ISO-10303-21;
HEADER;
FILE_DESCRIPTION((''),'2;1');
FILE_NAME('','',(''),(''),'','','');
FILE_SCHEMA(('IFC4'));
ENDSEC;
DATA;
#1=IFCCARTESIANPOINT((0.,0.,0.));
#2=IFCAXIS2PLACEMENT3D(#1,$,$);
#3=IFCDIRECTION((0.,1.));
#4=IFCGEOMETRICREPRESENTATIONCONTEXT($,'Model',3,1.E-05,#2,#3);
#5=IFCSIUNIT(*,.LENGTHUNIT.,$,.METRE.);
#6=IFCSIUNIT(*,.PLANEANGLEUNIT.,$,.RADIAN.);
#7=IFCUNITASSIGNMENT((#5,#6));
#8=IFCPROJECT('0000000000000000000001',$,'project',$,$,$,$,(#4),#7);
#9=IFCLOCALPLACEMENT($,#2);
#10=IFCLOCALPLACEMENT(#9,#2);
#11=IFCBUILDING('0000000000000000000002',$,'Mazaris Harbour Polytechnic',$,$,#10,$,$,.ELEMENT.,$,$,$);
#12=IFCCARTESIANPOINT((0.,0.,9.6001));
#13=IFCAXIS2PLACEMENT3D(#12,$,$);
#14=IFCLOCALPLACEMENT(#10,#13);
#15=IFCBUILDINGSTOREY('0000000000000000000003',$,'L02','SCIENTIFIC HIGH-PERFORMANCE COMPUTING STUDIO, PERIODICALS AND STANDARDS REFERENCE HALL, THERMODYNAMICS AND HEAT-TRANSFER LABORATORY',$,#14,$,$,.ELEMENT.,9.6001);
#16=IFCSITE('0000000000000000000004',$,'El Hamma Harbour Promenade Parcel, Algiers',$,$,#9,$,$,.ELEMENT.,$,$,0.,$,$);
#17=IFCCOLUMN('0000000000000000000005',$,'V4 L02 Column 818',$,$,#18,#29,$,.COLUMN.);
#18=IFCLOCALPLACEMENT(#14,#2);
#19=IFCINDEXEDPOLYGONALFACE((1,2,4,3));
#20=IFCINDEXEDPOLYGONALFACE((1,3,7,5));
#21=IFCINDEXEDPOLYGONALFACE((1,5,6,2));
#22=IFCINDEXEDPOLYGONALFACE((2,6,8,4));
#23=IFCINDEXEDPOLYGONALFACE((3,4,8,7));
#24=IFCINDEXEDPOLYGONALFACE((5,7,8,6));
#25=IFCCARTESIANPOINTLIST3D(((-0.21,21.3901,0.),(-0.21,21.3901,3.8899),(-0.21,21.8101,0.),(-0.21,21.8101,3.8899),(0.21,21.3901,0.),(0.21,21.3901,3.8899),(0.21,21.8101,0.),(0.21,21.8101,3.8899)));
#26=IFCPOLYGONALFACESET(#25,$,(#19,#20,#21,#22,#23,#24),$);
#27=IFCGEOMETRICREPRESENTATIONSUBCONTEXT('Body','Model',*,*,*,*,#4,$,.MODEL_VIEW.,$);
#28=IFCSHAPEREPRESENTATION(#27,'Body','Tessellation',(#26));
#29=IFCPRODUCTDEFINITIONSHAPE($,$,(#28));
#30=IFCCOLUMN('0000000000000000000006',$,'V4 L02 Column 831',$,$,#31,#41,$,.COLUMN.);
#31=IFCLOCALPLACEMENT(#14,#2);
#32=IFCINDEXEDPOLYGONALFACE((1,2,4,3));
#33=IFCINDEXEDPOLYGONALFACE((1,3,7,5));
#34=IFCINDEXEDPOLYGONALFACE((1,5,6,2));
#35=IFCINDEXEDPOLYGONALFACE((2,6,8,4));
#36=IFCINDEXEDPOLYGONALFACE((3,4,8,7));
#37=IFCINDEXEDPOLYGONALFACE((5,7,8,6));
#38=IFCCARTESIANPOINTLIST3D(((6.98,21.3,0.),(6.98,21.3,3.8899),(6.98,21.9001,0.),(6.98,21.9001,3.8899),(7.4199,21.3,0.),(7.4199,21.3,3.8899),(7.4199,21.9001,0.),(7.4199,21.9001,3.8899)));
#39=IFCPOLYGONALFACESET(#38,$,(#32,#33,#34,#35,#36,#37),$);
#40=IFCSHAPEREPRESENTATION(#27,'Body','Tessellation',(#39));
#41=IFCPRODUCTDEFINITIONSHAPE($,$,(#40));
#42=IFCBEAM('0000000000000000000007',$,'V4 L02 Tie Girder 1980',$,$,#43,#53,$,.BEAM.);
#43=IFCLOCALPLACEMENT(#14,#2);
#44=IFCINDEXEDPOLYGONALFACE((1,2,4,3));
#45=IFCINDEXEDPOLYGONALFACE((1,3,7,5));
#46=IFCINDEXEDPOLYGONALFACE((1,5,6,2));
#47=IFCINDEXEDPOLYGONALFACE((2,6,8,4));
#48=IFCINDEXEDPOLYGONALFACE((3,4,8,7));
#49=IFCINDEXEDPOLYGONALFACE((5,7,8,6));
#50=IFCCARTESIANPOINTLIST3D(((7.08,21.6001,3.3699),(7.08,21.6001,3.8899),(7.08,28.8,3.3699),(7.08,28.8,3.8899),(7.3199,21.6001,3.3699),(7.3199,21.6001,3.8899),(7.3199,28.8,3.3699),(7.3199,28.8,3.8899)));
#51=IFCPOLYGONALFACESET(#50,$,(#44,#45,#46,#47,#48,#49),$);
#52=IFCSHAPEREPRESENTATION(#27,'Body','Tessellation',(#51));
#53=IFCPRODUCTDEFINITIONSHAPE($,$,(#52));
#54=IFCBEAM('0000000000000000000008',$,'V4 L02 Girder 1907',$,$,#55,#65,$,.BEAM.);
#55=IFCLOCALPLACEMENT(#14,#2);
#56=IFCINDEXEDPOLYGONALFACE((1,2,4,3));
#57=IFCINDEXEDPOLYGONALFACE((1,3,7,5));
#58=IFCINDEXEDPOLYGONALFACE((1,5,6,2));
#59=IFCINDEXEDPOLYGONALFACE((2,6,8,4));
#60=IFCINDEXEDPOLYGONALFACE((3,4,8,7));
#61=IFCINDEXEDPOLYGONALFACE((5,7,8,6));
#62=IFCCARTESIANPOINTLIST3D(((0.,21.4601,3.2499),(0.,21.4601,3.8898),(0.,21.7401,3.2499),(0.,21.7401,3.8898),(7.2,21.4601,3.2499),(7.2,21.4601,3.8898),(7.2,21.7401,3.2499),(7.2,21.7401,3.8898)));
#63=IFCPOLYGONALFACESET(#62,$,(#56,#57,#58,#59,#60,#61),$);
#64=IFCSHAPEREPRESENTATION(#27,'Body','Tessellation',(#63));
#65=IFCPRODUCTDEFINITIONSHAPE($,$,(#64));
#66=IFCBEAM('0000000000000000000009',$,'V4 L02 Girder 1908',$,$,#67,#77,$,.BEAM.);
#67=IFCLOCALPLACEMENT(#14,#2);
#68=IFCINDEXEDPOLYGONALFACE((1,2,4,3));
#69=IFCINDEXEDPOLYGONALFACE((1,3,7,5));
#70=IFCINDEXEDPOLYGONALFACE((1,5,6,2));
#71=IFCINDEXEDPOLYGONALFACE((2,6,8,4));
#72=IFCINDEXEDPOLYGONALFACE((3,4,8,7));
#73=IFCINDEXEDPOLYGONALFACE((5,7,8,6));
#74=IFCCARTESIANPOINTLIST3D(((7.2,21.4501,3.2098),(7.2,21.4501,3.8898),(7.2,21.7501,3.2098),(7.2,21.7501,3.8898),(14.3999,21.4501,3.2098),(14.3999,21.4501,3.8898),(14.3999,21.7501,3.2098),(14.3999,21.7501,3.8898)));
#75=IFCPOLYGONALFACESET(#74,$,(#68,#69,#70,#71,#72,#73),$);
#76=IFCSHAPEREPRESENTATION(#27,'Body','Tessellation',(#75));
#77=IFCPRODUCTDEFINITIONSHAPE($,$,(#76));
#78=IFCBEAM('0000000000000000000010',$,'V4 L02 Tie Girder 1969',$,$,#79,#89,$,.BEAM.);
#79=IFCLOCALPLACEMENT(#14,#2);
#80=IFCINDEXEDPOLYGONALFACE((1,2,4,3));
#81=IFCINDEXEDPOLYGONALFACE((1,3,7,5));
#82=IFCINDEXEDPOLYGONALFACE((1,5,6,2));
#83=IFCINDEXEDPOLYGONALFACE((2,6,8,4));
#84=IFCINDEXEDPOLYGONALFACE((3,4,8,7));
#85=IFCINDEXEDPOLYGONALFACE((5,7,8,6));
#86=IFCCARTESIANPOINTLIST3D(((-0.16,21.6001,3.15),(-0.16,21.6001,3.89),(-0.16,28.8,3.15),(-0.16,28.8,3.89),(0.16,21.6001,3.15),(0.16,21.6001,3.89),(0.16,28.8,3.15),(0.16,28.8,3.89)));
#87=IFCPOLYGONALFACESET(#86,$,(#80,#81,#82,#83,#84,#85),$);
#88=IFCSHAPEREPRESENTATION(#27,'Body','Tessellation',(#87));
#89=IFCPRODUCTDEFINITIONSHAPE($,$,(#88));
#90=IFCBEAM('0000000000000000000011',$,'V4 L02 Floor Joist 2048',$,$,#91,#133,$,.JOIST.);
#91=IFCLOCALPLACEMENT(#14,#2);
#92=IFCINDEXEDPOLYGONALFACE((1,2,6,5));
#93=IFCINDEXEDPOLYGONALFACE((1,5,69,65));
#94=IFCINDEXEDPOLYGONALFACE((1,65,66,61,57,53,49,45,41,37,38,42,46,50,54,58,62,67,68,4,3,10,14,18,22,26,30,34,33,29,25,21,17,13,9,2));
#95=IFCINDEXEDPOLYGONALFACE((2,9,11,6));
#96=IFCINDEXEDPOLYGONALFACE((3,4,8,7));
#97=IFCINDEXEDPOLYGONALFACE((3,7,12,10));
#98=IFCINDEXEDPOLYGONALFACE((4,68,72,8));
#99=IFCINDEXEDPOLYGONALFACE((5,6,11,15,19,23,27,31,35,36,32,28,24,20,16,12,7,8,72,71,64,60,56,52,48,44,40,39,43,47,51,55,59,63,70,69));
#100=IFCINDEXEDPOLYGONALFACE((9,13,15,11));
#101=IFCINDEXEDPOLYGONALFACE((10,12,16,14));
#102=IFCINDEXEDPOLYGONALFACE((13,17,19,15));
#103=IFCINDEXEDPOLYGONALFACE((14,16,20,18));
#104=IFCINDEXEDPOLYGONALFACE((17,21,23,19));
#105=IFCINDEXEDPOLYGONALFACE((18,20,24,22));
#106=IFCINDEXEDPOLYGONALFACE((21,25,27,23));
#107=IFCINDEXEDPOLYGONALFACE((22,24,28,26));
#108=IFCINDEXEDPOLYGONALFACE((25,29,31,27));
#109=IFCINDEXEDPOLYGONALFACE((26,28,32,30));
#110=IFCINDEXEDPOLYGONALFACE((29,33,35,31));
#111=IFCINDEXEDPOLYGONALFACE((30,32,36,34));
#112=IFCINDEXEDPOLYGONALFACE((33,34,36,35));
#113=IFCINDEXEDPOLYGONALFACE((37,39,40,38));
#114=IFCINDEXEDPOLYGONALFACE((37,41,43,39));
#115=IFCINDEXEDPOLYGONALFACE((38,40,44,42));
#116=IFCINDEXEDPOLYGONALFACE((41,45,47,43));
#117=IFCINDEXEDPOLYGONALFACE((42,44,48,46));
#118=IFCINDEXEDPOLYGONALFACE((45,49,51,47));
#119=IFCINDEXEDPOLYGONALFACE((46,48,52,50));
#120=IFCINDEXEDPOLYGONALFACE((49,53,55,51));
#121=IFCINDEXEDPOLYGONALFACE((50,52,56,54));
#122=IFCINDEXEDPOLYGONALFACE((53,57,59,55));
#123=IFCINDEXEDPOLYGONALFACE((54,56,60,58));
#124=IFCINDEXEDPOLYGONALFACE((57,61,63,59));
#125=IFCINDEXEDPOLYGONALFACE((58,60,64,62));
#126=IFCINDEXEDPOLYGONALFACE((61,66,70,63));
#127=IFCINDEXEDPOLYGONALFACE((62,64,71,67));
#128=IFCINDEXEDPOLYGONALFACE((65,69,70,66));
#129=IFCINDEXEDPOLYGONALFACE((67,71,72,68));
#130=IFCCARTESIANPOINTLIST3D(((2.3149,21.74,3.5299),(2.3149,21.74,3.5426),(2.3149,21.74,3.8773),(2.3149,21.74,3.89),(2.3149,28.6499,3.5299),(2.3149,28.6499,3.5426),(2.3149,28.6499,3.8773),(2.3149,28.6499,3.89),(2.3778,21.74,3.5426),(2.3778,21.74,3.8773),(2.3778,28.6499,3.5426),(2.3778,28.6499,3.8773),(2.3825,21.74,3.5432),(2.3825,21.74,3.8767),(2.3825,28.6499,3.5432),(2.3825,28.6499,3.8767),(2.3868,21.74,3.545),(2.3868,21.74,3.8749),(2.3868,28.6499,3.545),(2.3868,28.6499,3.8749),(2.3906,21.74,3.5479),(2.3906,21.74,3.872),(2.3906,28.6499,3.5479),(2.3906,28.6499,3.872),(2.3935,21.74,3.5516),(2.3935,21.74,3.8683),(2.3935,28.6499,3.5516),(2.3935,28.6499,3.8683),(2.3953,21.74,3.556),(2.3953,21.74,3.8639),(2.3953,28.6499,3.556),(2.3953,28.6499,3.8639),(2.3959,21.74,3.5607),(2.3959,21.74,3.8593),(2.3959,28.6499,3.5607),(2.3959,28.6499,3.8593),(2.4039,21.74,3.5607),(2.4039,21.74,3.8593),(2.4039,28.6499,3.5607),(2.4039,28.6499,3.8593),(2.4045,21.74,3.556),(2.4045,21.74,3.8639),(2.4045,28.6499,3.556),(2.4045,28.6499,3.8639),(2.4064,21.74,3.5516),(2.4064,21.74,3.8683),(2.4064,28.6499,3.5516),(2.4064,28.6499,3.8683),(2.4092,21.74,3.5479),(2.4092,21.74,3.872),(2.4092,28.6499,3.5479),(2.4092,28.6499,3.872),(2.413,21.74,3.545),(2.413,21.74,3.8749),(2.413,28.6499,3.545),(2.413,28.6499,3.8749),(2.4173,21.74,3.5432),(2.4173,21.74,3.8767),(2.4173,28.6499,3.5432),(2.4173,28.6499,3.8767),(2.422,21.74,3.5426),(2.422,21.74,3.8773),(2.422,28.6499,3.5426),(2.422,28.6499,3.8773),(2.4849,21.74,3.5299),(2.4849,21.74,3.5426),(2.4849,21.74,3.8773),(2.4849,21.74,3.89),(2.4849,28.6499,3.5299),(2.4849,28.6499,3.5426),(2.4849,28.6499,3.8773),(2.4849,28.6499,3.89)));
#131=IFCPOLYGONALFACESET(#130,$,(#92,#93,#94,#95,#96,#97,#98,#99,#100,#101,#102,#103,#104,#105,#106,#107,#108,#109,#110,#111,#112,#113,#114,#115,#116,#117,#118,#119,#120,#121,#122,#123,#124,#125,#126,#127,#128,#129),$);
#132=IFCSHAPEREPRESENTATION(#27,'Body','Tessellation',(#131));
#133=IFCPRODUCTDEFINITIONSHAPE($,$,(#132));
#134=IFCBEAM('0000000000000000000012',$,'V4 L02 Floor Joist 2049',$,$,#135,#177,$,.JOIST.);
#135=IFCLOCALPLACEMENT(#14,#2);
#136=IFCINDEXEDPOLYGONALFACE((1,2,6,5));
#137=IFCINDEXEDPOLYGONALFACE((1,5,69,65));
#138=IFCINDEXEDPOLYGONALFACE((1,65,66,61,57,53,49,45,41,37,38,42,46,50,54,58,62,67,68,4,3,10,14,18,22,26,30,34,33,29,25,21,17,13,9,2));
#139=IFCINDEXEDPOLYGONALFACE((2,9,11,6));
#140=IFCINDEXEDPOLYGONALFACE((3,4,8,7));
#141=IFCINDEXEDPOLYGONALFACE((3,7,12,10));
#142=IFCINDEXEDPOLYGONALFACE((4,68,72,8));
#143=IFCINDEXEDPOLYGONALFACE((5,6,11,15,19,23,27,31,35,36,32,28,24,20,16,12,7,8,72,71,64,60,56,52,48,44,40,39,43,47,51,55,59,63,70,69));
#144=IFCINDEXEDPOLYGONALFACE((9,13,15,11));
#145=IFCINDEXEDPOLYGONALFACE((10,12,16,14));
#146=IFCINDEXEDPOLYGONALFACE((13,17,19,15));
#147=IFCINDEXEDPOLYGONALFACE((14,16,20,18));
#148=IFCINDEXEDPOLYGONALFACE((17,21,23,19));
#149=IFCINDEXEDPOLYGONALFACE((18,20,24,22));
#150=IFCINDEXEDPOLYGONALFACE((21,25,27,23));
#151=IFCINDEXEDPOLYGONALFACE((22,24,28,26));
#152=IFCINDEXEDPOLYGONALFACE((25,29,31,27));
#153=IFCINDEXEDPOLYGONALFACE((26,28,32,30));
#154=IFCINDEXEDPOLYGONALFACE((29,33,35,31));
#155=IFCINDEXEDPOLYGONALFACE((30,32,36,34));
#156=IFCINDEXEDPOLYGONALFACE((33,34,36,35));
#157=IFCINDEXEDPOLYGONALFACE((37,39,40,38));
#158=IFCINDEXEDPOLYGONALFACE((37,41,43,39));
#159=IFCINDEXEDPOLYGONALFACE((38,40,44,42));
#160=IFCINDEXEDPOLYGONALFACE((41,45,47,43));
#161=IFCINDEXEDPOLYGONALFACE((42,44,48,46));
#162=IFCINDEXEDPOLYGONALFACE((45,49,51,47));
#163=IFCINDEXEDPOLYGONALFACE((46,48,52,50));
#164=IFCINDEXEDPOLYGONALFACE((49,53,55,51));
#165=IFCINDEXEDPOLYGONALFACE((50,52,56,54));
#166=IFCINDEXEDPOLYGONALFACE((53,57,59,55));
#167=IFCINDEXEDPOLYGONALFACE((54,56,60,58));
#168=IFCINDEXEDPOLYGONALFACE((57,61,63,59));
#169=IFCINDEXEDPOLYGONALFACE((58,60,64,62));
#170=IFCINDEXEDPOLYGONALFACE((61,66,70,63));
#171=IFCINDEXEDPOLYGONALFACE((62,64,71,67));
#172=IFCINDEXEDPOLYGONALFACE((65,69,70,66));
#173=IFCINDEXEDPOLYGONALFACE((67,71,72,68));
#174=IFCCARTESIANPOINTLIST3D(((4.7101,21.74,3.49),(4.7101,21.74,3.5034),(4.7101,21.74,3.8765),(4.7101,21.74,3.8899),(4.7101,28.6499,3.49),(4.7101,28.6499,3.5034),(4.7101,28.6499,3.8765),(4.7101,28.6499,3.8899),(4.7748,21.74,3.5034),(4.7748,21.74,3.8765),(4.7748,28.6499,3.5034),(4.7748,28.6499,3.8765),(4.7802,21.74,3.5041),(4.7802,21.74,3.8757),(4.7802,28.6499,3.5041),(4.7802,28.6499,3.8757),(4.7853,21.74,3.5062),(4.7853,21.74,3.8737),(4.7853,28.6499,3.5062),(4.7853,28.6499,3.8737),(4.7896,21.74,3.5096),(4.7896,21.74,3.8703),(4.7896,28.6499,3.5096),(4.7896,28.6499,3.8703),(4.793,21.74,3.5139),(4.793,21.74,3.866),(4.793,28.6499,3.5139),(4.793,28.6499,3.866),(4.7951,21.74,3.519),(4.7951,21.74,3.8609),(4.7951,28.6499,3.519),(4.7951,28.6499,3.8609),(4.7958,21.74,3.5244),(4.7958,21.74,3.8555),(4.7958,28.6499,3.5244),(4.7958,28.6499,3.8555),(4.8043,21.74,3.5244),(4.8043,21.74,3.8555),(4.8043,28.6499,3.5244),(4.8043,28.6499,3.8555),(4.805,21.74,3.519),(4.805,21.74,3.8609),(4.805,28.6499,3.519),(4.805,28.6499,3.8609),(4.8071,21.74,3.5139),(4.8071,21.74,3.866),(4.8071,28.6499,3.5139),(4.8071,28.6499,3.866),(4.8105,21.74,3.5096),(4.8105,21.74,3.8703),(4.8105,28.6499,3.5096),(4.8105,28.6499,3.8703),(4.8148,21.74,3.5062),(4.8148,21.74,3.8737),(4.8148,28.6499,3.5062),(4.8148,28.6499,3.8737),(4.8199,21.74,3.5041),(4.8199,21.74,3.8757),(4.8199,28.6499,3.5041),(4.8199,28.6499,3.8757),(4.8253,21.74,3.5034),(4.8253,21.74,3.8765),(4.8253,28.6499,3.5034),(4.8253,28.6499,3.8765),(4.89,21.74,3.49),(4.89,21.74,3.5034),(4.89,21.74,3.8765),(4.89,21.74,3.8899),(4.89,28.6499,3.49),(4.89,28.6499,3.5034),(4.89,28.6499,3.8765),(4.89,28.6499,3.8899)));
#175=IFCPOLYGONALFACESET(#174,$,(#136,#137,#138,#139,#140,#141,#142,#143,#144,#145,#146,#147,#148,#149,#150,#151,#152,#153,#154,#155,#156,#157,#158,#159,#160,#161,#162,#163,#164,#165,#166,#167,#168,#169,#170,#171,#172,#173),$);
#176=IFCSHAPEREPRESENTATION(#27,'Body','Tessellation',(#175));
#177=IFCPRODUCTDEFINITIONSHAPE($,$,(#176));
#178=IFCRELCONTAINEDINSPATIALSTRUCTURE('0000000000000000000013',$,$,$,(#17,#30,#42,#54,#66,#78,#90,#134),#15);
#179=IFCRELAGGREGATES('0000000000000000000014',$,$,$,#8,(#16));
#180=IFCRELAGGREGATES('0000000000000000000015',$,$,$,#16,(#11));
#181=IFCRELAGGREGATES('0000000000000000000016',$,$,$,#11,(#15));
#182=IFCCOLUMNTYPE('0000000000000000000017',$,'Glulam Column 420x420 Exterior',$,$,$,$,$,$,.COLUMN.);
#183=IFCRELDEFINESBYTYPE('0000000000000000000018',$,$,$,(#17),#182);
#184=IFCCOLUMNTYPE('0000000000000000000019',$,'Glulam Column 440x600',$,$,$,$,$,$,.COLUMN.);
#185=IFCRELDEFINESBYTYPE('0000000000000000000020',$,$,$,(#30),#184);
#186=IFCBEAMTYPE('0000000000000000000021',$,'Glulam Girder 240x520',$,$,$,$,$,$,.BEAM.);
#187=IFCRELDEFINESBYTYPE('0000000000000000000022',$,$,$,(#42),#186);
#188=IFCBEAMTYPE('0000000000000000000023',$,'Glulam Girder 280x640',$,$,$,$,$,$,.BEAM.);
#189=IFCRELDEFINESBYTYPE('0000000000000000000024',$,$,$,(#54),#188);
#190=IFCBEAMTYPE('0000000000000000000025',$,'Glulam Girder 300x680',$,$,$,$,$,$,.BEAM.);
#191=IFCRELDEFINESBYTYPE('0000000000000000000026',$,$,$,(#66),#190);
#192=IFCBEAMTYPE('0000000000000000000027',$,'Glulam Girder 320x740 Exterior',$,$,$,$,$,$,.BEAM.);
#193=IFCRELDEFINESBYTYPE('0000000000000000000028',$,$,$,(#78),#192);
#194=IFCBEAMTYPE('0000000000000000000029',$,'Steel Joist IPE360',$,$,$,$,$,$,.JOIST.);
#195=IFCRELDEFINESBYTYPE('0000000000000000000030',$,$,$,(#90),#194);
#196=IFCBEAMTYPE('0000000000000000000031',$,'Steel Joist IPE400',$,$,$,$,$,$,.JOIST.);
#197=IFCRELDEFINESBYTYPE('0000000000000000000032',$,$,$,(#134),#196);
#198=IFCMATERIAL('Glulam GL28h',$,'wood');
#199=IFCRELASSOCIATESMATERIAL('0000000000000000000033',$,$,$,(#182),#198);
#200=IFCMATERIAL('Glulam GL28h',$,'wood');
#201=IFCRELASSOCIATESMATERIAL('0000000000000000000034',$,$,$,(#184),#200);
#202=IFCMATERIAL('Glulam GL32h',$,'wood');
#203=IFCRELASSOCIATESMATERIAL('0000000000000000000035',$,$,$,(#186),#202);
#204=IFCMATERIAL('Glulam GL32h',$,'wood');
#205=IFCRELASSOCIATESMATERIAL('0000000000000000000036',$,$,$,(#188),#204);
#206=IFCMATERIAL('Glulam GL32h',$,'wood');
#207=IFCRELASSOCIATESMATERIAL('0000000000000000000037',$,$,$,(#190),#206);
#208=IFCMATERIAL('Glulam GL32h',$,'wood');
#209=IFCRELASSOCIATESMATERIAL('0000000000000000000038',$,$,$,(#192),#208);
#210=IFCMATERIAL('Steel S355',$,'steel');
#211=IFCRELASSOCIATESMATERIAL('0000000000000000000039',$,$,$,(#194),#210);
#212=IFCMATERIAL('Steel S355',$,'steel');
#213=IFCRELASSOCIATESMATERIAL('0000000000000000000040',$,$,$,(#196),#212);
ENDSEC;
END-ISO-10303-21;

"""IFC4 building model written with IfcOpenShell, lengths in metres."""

from ifc_helpers import new_model, si_unit, direction, frame, origin, origin_2d, place, context, subcontext, project, spatial, rectangle, i_section, extrude, material, material_profile, profile_set, type_object, element, save


model = new_model("IFC4")

# Units and contexts
model_context = context("Model", 3, precision=1e-05, world=origin(), true_north=direction((0.0, 1.0)))
body_context = subcontext(model_context, "Body", "Model", "MODEL_VIEW")
ifc_project = project(units=[si_unit("LENGTHUNIT", "METRE"), si_unit("PLANEANGLEUNIT", "RADIAN")], contexts=[model_context])

# Site, building, storey
site_placement = place(None, origin())
site = spatial("IfcSite", under=ifc_project, at=site_placement, Name="El Hamma Harbour Promenade Parcel, Algiers", CompositionType="ELEMENT", RefElevation=0.0)
building_placement = place(site_placement, origin())
building = spatial("IfcBuilding", under=site, at=building_placement, Name="Mazaris Harbour Polytechnic", CompositionType="ELEMENT")
storey_placement = place(building_placement, frame((0.0, 0.0, 9.6001)))
storey = spatial("IfcBuildingStorey", under=building, at=storey_placement, Name="L02", Description="SCIENTIFIC HIGH-PERFORMANCE COMPUTING STUDIO, PERIODICALS AND STANDARDS REFERENCE HALL, THERMODYNAMICS AND HEAT-TRANSFER LABORATORY", CompositionType="ELEMENT", Elevation=9.6001)

# Columns
ifc_material_1 = material(Name="Glulam GL28h", Category="wood")
ifc_material_profile_1 = material_profile(ifc_material_1, rectangle(XDim=0.4199, YDim=0.4199, at=origin_2d()), Name="RECT420x420")
ifc_profile_set_1 = profile_set([ifc_material_profile_1], Name="Glulam GL28h")
column_type_1 = type_object("IfcColumnType", Name="Glulam Column 420x420 Exterior", PredefinedType="COLUMN", material=ifc_profile_set_1)
column_1_placement = place(storey_placement, frame((0.0, 21.6001, 0.0), z_axis=(0.0, 0.0, 1.0), x_axis=(1.0, 0.0, 0.0)))
element("IfcColumn", 1, at=column_1_placement, inside=storey, type_object=column_type_1, Name="V4 L02 Column 818", PredefinedType="COLUMN", context=body_context, shape_type="SweptSolid", body=[
    extrude(rectangle(XDim=0.4199, YDim=0.4199, at=origin_2d()), origin(), (0.0, 0.0, 1.0), 3.8899),
])
ifc_material_2 = material(Name="Glulam GL28h", Category="wood")
ifc_material_profile_2 = material_profile(ifc_material_2, rectangle(XDim=0.4399, YDim=0.6001, at=origin_2d()), Name="RECT440x600")
ifc_profile_set_2 = profile_set([ifc_material_profile_2], Name="Glulam GL28h")
column_type_2 = type_object("IfcColumnType", Name="Glulam Column 440x600", PredefinedType="COLUMN", material=ifc_profile_set_2)
column_2_placement = place(storey_placement, frame((7.2, 21.6001, 0.0), z_axis=(0.0, 0.0, 1.0), x_axis=(1.0, 0.0, 0.0)))
element("IfcColumn", 2, at=column_2_placement, inside=storey, type_object=column_type_2, Name="V4 L02 Column 831", PredefinedType="COLUMN", context=body_context, shape_type="SweptSolid", body=[
    extrude(rectangle(XDim=0.4399, YDim=0.6001, at=origin_2d()), origin(), (0.0, 0.0, 1.0), 3.8899),
])

# Beams
ifc_material_3 = material(Name="Glulam GL32h", Category="wood")
ifc_material_profile_3 = material_profile(ifc_material_3, rectangle(XDim=0.24, YDim=0.52, at=origin_2d()), Name="RECT240x520")
ifc_profile_set_3 = profile_set([ifc_material_profile_3], Name="Glulam GL32h")
beam_type_1 = type_object("IfcBeamType", Name="Glulam Girder 240x520", PredefinedType="BEAM", material=ifc_profile_set_3)
beam_1_placement = place(storey_placement, frame((7.2, 21.6001, 3.6299), z_axis=(0.0, 1.0, 0.0), x_axis=(-1.0, 0.0, 0.0)))
element("IfcBeam", 3, at=beam_1_placement, inside=storey, type_object=beam_type_1, Name="V4 L02 Tie Girder 1980", PredefinedType="BEAM", context=body_context, shape_type="SweptSolid", body=[
    extrude(rectangle(XDim=0.24, YDim=0.52, at=origin_2d()), origin(), (0.0, 0.0, 1.0), 7.2),
])
ifc_material_4 = material(Name="Glulam GL32h", Category="wood")
ifc_material_profile_4 = material_profile(ifc_material_4, rectangle(XDim=0.28, YDim=0.6399, at=origin_2d()), Name="RECT280x640")
ifc_profile_set_4 = profile_set([ifc_material_profile_4], Name="Glulam GL32h")
beam_type_2 = type_object("IfcBeamType", Name="Glulam Girder 280x640", PredefinedType="BEAM", material=ifc_profile_set_4)
beam_2_placement = place(storey_placement, frame((0.0, 21.6001, 3.5698), z_axis=(1.0, 0.0, 0.0), x_axis=(0.0, 1.0, 0.0)))
element("IfcBeam", 4, at=beam_2_placement, inside=storey, type_object=beam_type_2, Name="V4 L02 Girder 1907", PredefinedType="BEAM", context=body_context, shape_type="SweptSolid", body=[
    extrude(rectangle(XDim=0.28, YDim=0.6399, at=origin_2d()), origin(), (0.0, 0.0, 1.0), 7.2),
])
ifc_material_5 = material(Name="Glulam GL32h", Category="wood")
ifc_material_profile_5 = material_profile(ifc_material_5, rectangle(XDim=0.3, YDim=0.6799, at=origin_2d()), Name="RECT300x680")
ifc_profile_set_5 = profile_set([ifc_material_profile_5], Name="Glulam GL32h")
beam_type_3 = type_object("IfcBeamType", Name="Glulam Girder 300x680", PredefinedType="BEAM", material=ifc_profile_set_5)
beam_3_placement = place(storey_placement, frame((7.2, 21.6001, 3.5498), z_axis=(1.0, 0.0, 0.0), x_axis=(0.0, 1.0, 0.0)))
element("IfcBeam", 5, at=beam_3_placement, inside=storey, type_object=beam_type_3, Name="V4 L02 Girder 1908", PredefinedType="BEAM", context=body_context, shape_type="SweptSolid", body=[
    extrude(rectangle(XDim=0.3, YDim=0.6799, at=origin_2d()), origin(), (0.0, 0.0, 1.0), 7.2),
])
ifc_material_6 = material(Name="Glulam GL32h", Category="wood")
ifc_material_profile_6 = material_profile(ifc_material_6, rectangle(XDim=0.3201, YDim=0.74, at=origin_2d()), Name="RECT320x740")
ifc_profile_set_6 = profile_set([ifc_material_profile_6], Name="Glulam GL32h")
beam_type_4 = type_object("IfcBeamType", Name="Glulam Girder 320x740 Exterior", PredefinedType="BEAM", material=ifc_profile_set_6)
beam_4_placement = place(storey_placement, frame((0.0, 21.6001, 3.52), z_axis=(0.0, 1.0, 0.0), x_axis=(-1.0, 0.0, 0.0)))
element("IfcBeam", 6, at=beam_4_placement, inside=storey, type_object=beam_type_4, Name="V4 L02 Tie Girder 1969", PredefinedType="BEAM", context=body_context, shape_type="SweptSolid", body=[
    extrude(rectangle(XDim=0.3201, YDim=0.74, at=origin_2d()), origin(), (0.0, 0.0, 1.0), 7.2),
])
ifc_material_7 = material(Name="Steel S355", Category="steel")
ifc_material_profile_7 = material_profile(ifc_material_7, i_section(OverallWidth=0.1699, OverallDepth=0.3601, WebThickness=0.0081, FlangeThickness=0.0127, FilletRadius=0.0181, at=origin_2d()), Name="IPE 360")
ifc_profile_set_7 = profile_set([ifc_material_profile_7], Name="Steel S355")
beam_type_5 = type_object("IfcBeamType", Name="Steel Joist IPE360", PredefinedType="JOIST", material=ifc_profile_set_7)
beam_5_placement = place(storey_placement, frame((2.3999, 21.74, 3.71), z_axis=(0.0, 1.0, 0.0), x_axis=(-1.0, 0.0, 0.0)))
element("IfcBeam", 7, at=beam_5_placement, inside=storey, type_object=beam_type_5, Name="V4 L02 Floor Joist 2048", PredefinedType="JOIST", context=body_context, shape_type="SweptSolid", body=[
    extrude(i_section(OverallWidth=0.1699, OverallDepth=0.3601, WebThickness=0.0081, FlangeThickness=0.0127, FilletRadius=0.0181, at=origin_2d()), origin(), (0.0, 0.0, 1.0), 6.9099),
])
ifc_material_8 = material(Name="Steel S355", Category="steel")
ifc_material_profile_8 = material_profile(ifc_material_8, i_section(OverallWidth=0.1799, OverallDepth=0.3999, WebThickness=0.0085, FlangeThickness=0.0134, FilletRadius=0.021, at=origin_2d()), Name="IPE 400")
ifc_profile_set_8 = profile_set([ifc_material_profile_8], Name="Steel S355")
beam_type_6 = type_object("IfcBeamType", Name="Steel Joist IPE400", PredefinedType="JOIST", material=ifc_profile_set_8)
beam_6_placement = place(storey_placement, frame((4.8, 21.74, 3.6899), z_axis=(0.0, 1.0, 0.0), x_axis=(-1.0, 0.0, 0.0)))
element("IfcBeam", 8, at=beam_6_placement, inside=storey, type_object=beam_type_6, Name="V4 L02 Floor Joist 2049", PredefinedType="JOIST", context=body_context, shape_type="SweptSolid", body=[
    extrude(i_section(OverallWidth=0.1799, OverallDepth=0.3999, WebThickness=0.0085, FlangeThickness=0.0134, FilletRadius=0.021, at=origin_2d()), origin(), (0.0, 0.0, 1.0), 6.9099),
])

save(model, "model.ifc")
